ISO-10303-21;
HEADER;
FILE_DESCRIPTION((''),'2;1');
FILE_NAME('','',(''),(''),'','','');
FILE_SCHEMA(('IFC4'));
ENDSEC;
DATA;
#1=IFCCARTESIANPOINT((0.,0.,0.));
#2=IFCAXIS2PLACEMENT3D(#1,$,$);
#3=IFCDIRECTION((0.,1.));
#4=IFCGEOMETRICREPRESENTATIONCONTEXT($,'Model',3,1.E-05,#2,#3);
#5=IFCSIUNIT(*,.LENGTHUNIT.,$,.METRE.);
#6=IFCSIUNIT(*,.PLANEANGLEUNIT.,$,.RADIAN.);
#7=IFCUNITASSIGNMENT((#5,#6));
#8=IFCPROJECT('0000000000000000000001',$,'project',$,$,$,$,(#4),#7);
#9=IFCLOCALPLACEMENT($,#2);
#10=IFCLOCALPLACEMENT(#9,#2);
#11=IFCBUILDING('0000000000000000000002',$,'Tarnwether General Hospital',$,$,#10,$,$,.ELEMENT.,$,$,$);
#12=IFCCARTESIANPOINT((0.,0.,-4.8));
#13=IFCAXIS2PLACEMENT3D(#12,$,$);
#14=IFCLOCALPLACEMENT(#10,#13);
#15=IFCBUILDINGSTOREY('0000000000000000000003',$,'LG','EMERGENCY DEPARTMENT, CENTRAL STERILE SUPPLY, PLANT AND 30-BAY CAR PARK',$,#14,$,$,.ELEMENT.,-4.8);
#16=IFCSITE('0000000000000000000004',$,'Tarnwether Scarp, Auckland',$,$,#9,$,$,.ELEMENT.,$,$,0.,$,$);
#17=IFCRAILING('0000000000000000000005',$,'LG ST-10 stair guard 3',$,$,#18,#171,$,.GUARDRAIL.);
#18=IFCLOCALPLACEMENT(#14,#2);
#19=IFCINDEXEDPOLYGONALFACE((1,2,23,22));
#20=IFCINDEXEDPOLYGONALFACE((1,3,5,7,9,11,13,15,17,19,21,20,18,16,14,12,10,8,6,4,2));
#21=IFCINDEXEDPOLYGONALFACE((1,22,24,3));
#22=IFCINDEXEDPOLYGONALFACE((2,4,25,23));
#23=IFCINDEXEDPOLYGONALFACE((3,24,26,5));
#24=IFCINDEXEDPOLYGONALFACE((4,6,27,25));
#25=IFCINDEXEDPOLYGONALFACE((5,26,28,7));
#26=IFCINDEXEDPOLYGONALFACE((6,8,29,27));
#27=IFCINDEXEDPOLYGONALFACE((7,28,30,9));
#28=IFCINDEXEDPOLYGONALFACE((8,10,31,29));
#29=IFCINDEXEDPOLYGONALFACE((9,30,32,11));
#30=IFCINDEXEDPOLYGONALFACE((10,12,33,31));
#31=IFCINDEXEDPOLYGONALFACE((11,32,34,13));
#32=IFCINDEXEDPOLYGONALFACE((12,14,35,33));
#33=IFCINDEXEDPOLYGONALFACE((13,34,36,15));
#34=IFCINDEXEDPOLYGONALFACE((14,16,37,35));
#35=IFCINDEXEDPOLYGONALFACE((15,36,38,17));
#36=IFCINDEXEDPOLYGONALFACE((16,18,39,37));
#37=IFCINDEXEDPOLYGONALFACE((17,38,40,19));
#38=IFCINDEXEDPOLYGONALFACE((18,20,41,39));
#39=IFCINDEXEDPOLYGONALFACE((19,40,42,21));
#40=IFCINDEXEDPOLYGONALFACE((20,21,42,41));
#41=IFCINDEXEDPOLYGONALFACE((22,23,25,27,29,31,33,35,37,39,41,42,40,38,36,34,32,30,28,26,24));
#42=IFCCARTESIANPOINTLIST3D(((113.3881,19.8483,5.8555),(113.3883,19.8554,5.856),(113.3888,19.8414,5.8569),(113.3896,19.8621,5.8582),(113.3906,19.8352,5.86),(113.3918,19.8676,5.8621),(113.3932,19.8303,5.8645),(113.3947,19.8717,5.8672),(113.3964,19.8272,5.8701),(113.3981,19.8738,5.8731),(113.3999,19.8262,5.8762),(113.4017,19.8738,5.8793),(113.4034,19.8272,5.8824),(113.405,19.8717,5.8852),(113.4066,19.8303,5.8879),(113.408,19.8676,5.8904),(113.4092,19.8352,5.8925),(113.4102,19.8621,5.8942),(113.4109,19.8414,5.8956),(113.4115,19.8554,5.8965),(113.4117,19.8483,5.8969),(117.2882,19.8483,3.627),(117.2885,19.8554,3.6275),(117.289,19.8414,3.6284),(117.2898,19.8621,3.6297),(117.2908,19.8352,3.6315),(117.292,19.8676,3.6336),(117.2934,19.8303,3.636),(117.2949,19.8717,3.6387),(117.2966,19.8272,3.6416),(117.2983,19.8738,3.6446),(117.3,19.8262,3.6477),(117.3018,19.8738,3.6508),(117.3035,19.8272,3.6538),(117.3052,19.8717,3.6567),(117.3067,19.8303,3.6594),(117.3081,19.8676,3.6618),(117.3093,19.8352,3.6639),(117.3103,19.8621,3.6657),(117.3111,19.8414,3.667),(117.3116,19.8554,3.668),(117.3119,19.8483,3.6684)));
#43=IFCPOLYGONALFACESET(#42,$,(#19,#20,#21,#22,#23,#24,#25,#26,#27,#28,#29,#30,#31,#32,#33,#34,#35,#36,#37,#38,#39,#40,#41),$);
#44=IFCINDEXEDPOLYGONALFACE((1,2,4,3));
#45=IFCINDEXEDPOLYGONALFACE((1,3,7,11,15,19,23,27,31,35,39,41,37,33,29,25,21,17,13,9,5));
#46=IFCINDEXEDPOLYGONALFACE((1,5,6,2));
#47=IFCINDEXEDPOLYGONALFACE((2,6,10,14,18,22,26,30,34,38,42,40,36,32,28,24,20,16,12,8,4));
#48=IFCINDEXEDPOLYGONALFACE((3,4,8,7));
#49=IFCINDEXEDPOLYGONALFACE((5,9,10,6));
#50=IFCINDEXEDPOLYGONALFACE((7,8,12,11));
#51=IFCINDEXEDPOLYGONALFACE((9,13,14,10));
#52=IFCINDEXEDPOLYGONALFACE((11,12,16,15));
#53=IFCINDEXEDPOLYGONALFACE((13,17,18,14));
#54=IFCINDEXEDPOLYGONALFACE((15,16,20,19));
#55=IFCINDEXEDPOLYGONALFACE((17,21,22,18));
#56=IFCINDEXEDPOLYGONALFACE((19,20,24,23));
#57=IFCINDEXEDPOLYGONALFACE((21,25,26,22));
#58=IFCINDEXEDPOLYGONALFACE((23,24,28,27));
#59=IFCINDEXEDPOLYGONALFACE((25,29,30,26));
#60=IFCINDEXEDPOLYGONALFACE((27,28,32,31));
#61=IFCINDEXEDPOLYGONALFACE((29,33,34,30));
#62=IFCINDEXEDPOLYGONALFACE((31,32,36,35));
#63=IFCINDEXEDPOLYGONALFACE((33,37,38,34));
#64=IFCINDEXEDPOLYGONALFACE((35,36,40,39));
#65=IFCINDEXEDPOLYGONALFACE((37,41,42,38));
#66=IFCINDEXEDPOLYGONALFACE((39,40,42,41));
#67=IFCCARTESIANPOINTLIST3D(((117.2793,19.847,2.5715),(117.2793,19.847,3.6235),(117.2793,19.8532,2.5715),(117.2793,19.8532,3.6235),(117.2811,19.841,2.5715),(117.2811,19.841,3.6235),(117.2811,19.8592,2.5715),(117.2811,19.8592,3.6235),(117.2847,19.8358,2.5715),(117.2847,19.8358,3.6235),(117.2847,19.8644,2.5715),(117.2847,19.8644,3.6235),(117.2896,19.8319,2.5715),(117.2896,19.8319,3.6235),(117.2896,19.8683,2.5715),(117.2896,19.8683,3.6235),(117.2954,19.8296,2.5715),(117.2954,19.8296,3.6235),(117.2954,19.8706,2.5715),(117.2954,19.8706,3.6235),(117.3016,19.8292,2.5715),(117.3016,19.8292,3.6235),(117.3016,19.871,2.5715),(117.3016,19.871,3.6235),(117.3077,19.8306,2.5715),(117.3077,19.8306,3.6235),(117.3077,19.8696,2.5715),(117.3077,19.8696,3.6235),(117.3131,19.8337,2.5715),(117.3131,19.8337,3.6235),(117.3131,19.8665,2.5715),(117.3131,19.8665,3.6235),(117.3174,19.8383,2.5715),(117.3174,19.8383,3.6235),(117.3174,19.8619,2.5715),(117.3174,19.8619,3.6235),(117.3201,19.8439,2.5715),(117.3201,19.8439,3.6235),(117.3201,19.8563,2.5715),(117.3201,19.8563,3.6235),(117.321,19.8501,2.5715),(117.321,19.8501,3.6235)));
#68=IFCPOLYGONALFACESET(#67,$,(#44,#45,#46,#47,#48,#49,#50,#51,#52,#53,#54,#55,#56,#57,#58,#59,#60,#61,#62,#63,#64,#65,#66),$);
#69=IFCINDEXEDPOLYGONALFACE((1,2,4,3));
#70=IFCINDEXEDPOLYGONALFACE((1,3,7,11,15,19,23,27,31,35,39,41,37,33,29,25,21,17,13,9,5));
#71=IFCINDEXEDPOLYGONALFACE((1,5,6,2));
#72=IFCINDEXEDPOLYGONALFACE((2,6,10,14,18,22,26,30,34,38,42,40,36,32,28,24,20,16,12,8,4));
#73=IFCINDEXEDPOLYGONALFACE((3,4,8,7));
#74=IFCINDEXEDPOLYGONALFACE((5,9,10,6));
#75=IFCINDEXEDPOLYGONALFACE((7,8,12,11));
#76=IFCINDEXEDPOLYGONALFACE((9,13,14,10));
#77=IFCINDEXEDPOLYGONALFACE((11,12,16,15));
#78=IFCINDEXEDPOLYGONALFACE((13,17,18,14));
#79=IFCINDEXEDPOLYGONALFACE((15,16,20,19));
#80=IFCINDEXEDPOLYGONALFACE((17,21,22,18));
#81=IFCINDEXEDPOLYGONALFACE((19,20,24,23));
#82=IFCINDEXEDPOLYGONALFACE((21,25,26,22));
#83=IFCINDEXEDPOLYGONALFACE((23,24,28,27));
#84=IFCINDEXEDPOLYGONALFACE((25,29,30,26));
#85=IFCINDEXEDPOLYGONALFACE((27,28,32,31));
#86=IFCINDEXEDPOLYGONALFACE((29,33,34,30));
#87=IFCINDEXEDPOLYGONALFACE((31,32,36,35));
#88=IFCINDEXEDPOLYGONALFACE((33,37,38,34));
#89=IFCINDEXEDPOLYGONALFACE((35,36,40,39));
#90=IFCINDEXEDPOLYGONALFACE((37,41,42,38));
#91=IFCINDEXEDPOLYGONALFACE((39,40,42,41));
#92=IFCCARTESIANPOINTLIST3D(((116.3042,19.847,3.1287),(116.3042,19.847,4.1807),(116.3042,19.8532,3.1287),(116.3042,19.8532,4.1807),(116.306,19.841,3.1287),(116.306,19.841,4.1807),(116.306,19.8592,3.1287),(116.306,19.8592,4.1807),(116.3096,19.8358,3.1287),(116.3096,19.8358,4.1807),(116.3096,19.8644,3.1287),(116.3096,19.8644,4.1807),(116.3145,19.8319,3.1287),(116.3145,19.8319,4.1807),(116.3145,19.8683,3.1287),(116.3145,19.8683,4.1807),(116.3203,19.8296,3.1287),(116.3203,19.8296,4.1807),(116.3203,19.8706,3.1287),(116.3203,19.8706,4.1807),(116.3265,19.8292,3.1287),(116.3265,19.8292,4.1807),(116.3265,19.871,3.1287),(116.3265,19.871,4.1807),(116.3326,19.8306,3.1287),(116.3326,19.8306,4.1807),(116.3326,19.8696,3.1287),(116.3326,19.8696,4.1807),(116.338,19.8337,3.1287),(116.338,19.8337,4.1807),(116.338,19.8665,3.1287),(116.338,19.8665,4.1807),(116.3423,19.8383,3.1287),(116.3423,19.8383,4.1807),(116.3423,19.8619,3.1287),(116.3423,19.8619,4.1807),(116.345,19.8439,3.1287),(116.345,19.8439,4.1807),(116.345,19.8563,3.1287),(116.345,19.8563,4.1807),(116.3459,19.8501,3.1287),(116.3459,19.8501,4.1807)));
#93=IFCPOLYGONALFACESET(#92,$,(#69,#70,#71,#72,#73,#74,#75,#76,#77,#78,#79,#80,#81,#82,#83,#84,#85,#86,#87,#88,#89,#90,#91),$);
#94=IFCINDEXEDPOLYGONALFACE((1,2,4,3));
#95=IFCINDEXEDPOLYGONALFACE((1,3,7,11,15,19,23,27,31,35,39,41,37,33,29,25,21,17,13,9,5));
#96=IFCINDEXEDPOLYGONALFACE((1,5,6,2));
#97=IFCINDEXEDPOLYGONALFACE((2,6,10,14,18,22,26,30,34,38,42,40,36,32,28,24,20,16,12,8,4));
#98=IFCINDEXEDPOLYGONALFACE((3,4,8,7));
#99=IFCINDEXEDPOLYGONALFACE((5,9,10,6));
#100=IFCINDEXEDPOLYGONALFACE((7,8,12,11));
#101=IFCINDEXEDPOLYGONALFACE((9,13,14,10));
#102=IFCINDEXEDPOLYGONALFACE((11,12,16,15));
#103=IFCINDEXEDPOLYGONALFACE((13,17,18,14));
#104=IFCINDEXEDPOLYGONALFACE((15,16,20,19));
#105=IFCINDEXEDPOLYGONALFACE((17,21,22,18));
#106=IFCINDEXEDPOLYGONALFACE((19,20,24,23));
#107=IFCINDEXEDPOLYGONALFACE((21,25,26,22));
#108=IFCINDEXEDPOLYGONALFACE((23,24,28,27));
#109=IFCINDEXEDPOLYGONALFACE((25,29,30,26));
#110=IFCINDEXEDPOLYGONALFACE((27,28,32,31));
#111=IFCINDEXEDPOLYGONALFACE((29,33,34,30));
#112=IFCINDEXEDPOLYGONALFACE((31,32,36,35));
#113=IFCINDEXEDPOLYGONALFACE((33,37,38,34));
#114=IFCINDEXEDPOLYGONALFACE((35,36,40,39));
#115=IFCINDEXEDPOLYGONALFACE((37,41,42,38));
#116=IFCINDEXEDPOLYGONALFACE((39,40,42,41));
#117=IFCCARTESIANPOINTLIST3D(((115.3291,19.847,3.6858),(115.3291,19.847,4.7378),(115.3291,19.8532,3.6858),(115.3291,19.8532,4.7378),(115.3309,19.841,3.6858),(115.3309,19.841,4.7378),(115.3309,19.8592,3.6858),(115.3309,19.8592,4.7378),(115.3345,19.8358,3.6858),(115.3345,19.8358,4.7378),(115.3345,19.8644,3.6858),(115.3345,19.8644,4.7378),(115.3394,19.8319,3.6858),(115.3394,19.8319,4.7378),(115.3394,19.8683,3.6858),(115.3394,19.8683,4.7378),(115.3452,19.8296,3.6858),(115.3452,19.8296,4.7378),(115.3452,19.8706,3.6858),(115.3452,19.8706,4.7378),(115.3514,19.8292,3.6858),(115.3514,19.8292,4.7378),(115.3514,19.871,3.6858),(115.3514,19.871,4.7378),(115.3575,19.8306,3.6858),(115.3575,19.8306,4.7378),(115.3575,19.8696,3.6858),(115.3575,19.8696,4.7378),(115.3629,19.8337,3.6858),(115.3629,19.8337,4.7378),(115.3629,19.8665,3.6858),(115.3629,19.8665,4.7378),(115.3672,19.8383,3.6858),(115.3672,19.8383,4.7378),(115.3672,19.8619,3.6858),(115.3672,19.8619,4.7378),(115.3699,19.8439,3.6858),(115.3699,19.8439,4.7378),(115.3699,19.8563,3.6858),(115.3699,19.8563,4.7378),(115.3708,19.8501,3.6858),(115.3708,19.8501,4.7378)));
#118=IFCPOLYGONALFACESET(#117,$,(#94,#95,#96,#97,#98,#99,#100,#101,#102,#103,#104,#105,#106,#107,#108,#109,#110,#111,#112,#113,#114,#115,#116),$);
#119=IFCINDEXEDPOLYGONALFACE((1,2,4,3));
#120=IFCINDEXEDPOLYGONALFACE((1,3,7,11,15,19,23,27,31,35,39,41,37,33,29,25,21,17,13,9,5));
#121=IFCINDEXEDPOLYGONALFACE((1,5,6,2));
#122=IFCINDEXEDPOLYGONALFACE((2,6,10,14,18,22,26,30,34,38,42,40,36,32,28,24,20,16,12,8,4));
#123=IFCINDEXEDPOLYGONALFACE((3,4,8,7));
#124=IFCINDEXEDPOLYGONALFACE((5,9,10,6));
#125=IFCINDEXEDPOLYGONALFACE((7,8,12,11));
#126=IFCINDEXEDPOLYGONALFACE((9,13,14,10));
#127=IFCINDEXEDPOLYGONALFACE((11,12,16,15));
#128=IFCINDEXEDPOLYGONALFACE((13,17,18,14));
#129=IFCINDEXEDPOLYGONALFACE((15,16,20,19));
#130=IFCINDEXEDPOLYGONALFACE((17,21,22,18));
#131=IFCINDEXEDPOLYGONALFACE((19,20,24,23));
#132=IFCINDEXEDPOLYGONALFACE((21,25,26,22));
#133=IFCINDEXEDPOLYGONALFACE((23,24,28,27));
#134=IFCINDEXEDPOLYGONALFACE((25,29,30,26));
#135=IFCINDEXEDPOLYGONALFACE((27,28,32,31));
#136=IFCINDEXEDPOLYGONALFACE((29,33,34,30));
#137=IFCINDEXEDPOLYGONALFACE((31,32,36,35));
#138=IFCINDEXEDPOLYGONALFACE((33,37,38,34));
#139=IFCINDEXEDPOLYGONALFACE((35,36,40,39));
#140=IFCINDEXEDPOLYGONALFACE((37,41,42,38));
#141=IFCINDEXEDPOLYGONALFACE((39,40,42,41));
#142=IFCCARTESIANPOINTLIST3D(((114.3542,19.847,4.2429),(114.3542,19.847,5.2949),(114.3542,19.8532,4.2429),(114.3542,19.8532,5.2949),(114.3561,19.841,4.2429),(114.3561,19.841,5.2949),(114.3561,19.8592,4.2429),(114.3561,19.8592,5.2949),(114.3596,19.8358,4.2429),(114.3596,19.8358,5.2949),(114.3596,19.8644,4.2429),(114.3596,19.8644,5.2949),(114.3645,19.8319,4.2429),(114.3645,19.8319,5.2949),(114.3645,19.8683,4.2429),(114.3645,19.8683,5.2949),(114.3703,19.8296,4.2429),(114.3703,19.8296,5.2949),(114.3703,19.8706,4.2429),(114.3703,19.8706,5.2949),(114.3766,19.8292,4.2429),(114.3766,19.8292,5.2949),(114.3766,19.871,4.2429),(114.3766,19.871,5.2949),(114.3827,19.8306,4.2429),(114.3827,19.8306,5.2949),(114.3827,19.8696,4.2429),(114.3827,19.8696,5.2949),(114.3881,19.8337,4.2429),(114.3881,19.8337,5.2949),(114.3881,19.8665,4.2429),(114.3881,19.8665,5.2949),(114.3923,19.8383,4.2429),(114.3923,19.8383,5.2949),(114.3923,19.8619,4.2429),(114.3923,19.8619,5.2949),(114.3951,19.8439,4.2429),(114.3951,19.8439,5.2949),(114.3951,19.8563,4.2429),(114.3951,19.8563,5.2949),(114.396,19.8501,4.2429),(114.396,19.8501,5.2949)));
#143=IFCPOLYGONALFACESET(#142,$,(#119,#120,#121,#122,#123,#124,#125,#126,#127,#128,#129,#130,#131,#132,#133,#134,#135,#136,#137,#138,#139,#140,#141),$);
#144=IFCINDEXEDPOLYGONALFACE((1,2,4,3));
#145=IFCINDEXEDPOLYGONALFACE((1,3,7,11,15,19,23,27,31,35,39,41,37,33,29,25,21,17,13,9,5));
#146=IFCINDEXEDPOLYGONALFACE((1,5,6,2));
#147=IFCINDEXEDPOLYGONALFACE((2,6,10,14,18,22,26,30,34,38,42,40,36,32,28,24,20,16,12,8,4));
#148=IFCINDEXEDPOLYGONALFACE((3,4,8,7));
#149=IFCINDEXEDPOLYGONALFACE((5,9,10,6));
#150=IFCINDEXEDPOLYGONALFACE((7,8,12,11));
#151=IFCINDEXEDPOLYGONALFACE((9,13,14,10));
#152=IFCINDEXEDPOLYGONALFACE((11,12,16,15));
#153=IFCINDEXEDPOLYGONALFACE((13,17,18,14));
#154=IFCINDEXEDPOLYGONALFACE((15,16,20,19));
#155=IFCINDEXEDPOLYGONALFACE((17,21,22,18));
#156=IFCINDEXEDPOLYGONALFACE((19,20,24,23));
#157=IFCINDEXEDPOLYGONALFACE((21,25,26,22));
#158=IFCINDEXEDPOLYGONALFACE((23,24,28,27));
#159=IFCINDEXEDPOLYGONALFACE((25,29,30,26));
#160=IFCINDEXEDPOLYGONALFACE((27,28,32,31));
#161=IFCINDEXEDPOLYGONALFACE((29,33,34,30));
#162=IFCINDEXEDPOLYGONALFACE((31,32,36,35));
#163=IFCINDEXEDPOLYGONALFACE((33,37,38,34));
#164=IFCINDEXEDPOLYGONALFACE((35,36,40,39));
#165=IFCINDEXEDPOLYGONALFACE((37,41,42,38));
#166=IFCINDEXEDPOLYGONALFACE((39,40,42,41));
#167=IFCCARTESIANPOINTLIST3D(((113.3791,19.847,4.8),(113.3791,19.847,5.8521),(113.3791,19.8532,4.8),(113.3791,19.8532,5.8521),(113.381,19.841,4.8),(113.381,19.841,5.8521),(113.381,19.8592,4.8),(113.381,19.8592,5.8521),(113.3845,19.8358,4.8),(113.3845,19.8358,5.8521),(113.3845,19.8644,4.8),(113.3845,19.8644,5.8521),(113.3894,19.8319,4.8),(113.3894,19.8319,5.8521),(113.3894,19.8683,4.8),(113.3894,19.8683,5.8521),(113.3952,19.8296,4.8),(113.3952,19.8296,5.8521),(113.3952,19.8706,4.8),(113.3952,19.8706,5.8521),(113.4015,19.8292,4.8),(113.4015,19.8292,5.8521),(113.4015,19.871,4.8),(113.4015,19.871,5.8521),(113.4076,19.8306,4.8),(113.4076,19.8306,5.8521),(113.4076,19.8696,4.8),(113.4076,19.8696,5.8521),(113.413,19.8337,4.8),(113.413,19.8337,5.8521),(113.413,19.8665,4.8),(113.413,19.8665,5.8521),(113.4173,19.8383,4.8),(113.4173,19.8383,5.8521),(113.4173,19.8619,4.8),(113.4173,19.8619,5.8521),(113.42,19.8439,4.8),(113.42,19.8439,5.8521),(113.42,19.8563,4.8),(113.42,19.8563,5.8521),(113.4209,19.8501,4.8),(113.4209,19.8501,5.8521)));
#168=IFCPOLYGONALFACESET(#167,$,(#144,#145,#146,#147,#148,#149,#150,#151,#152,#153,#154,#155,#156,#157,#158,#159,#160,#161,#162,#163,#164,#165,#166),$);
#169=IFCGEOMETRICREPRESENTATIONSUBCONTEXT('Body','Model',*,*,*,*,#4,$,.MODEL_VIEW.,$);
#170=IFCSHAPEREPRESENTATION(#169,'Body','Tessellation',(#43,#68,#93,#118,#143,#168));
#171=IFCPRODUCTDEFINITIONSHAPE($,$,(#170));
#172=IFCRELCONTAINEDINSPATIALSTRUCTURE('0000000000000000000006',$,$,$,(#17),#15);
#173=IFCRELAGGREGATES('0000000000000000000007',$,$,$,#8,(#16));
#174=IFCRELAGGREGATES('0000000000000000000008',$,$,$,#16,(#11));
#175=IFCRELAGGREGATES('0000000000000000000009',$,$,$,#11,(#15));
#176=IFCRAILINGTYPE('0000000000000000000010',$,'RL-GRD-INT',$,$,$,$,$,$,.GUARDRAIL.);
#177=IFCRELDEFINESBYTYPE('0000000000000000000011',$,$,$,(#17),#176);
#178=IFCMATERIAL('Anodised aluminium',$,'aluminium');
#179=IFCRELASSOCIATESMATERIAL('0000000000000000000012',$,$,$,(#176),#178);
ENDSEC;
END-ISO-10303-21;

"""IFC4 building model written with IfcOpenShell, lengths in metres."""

from ifc_helpers import new_model, si_unit, direction, frame, origin, origin_2d, place, context, subcontext, project, spatial, circle, extrude, material, type_object, element, save


model = new_model("IFC4")

# Units and contexts
model_context = context("Model", 3, precision=1e-05, world=origin(), true_north=direction((0.0, 1.0)))
body_context = subcontext(model_context, "Body", "Model", "MODEL_VIEW")
ifc_project = project(units=[si_unit("LENGTHUNIT", "METRE"), si_unit("PLANEANGLEUNIT", "RADIAN")], contexts=[model_context])

# Site, building, storey
site_placement = place(None, origin())
site = spatial("IfcSite", under=ifc_project, at=site_placement, Name="Tarnwether Scarp, Auckland", CompositionType="ELEMENT", RefElevation=0.0)
building_placement = place(site_placement, origin())
building = spatial("IfcBuilding", under=site, at=building_placement, Name="Tarnwether General Hospital", CompositionType="ELEMENT")
storey_placement = place(building_placement, frame((0.0, 0.0, -4.8)))
storey = spatial("IfcBuildingStorey", under=building, at=storey_placement, Name="LG", Description="EMERGENCY DEPARTMENT, CENTRAL STERILE SUPPLY, PLANT AND 30-BAY CAR PARK", CompositionType="ELEMENT", Elevation=-4.8)

# Railing
ifc_material_1 = material(Name="Anodised aluminium", Category="aluminium")
railing_type_1 = type_object("IfcRailingType", Name="RL-GRD-INT", PredefinedType="GUARDRAIL", material=ifc_material_1)
railing_1_placement = place(storey_placement, frame((117.3, 19.8501, 2.5715)))
element("IfcRailing", 1, at=railing_1_placement, inside=storey, type_object=railing_type_1, Name="LG ST-10 stair guard 3", PredefinedType="GUARDRAIL", context=body_context, shape_type="SweptSolid", body=[
    extrude(circle(Radius=0.0239, at=origin_2d()), frame((0.0, 0.0, 1.0762), z_axis=(-0.868257, 0.0, 0.496116), x_axis=(0.0, -1.0, 0.0)), (0.0, 0.0, 1.0), 4.4919),
    extrude(circle(Radius=0.021, at=origin_2d()), origin(), (0.0, 0.0, 1.0), 1.052),
    extrude(circle(Radius=0.021, at=origin_2d()), frame((-0.9751, 0.0, 0.5571)), (0.0, 0.0, 1.0), 1.052),
    extrude(circle(Radius=0.021, at=origin_2d()), frame((-1.9502, 0.0, 1.1143)), (0.0, 0.0, 1.0), 1.052),
    extrude(circle(Radius=0.021, at=origin_2d()), frame((-2.925, 0.0, 1.6714)), (0.0, 0.0, 1.0), 1.052),
    extrude(circle(Radius=0.021, at=origin_2d()), frame((-3.9001, 0.0, 2.2285)), (0.0, 0.0, 1.0), 1.052),
])

save(model, "model.ifc")
